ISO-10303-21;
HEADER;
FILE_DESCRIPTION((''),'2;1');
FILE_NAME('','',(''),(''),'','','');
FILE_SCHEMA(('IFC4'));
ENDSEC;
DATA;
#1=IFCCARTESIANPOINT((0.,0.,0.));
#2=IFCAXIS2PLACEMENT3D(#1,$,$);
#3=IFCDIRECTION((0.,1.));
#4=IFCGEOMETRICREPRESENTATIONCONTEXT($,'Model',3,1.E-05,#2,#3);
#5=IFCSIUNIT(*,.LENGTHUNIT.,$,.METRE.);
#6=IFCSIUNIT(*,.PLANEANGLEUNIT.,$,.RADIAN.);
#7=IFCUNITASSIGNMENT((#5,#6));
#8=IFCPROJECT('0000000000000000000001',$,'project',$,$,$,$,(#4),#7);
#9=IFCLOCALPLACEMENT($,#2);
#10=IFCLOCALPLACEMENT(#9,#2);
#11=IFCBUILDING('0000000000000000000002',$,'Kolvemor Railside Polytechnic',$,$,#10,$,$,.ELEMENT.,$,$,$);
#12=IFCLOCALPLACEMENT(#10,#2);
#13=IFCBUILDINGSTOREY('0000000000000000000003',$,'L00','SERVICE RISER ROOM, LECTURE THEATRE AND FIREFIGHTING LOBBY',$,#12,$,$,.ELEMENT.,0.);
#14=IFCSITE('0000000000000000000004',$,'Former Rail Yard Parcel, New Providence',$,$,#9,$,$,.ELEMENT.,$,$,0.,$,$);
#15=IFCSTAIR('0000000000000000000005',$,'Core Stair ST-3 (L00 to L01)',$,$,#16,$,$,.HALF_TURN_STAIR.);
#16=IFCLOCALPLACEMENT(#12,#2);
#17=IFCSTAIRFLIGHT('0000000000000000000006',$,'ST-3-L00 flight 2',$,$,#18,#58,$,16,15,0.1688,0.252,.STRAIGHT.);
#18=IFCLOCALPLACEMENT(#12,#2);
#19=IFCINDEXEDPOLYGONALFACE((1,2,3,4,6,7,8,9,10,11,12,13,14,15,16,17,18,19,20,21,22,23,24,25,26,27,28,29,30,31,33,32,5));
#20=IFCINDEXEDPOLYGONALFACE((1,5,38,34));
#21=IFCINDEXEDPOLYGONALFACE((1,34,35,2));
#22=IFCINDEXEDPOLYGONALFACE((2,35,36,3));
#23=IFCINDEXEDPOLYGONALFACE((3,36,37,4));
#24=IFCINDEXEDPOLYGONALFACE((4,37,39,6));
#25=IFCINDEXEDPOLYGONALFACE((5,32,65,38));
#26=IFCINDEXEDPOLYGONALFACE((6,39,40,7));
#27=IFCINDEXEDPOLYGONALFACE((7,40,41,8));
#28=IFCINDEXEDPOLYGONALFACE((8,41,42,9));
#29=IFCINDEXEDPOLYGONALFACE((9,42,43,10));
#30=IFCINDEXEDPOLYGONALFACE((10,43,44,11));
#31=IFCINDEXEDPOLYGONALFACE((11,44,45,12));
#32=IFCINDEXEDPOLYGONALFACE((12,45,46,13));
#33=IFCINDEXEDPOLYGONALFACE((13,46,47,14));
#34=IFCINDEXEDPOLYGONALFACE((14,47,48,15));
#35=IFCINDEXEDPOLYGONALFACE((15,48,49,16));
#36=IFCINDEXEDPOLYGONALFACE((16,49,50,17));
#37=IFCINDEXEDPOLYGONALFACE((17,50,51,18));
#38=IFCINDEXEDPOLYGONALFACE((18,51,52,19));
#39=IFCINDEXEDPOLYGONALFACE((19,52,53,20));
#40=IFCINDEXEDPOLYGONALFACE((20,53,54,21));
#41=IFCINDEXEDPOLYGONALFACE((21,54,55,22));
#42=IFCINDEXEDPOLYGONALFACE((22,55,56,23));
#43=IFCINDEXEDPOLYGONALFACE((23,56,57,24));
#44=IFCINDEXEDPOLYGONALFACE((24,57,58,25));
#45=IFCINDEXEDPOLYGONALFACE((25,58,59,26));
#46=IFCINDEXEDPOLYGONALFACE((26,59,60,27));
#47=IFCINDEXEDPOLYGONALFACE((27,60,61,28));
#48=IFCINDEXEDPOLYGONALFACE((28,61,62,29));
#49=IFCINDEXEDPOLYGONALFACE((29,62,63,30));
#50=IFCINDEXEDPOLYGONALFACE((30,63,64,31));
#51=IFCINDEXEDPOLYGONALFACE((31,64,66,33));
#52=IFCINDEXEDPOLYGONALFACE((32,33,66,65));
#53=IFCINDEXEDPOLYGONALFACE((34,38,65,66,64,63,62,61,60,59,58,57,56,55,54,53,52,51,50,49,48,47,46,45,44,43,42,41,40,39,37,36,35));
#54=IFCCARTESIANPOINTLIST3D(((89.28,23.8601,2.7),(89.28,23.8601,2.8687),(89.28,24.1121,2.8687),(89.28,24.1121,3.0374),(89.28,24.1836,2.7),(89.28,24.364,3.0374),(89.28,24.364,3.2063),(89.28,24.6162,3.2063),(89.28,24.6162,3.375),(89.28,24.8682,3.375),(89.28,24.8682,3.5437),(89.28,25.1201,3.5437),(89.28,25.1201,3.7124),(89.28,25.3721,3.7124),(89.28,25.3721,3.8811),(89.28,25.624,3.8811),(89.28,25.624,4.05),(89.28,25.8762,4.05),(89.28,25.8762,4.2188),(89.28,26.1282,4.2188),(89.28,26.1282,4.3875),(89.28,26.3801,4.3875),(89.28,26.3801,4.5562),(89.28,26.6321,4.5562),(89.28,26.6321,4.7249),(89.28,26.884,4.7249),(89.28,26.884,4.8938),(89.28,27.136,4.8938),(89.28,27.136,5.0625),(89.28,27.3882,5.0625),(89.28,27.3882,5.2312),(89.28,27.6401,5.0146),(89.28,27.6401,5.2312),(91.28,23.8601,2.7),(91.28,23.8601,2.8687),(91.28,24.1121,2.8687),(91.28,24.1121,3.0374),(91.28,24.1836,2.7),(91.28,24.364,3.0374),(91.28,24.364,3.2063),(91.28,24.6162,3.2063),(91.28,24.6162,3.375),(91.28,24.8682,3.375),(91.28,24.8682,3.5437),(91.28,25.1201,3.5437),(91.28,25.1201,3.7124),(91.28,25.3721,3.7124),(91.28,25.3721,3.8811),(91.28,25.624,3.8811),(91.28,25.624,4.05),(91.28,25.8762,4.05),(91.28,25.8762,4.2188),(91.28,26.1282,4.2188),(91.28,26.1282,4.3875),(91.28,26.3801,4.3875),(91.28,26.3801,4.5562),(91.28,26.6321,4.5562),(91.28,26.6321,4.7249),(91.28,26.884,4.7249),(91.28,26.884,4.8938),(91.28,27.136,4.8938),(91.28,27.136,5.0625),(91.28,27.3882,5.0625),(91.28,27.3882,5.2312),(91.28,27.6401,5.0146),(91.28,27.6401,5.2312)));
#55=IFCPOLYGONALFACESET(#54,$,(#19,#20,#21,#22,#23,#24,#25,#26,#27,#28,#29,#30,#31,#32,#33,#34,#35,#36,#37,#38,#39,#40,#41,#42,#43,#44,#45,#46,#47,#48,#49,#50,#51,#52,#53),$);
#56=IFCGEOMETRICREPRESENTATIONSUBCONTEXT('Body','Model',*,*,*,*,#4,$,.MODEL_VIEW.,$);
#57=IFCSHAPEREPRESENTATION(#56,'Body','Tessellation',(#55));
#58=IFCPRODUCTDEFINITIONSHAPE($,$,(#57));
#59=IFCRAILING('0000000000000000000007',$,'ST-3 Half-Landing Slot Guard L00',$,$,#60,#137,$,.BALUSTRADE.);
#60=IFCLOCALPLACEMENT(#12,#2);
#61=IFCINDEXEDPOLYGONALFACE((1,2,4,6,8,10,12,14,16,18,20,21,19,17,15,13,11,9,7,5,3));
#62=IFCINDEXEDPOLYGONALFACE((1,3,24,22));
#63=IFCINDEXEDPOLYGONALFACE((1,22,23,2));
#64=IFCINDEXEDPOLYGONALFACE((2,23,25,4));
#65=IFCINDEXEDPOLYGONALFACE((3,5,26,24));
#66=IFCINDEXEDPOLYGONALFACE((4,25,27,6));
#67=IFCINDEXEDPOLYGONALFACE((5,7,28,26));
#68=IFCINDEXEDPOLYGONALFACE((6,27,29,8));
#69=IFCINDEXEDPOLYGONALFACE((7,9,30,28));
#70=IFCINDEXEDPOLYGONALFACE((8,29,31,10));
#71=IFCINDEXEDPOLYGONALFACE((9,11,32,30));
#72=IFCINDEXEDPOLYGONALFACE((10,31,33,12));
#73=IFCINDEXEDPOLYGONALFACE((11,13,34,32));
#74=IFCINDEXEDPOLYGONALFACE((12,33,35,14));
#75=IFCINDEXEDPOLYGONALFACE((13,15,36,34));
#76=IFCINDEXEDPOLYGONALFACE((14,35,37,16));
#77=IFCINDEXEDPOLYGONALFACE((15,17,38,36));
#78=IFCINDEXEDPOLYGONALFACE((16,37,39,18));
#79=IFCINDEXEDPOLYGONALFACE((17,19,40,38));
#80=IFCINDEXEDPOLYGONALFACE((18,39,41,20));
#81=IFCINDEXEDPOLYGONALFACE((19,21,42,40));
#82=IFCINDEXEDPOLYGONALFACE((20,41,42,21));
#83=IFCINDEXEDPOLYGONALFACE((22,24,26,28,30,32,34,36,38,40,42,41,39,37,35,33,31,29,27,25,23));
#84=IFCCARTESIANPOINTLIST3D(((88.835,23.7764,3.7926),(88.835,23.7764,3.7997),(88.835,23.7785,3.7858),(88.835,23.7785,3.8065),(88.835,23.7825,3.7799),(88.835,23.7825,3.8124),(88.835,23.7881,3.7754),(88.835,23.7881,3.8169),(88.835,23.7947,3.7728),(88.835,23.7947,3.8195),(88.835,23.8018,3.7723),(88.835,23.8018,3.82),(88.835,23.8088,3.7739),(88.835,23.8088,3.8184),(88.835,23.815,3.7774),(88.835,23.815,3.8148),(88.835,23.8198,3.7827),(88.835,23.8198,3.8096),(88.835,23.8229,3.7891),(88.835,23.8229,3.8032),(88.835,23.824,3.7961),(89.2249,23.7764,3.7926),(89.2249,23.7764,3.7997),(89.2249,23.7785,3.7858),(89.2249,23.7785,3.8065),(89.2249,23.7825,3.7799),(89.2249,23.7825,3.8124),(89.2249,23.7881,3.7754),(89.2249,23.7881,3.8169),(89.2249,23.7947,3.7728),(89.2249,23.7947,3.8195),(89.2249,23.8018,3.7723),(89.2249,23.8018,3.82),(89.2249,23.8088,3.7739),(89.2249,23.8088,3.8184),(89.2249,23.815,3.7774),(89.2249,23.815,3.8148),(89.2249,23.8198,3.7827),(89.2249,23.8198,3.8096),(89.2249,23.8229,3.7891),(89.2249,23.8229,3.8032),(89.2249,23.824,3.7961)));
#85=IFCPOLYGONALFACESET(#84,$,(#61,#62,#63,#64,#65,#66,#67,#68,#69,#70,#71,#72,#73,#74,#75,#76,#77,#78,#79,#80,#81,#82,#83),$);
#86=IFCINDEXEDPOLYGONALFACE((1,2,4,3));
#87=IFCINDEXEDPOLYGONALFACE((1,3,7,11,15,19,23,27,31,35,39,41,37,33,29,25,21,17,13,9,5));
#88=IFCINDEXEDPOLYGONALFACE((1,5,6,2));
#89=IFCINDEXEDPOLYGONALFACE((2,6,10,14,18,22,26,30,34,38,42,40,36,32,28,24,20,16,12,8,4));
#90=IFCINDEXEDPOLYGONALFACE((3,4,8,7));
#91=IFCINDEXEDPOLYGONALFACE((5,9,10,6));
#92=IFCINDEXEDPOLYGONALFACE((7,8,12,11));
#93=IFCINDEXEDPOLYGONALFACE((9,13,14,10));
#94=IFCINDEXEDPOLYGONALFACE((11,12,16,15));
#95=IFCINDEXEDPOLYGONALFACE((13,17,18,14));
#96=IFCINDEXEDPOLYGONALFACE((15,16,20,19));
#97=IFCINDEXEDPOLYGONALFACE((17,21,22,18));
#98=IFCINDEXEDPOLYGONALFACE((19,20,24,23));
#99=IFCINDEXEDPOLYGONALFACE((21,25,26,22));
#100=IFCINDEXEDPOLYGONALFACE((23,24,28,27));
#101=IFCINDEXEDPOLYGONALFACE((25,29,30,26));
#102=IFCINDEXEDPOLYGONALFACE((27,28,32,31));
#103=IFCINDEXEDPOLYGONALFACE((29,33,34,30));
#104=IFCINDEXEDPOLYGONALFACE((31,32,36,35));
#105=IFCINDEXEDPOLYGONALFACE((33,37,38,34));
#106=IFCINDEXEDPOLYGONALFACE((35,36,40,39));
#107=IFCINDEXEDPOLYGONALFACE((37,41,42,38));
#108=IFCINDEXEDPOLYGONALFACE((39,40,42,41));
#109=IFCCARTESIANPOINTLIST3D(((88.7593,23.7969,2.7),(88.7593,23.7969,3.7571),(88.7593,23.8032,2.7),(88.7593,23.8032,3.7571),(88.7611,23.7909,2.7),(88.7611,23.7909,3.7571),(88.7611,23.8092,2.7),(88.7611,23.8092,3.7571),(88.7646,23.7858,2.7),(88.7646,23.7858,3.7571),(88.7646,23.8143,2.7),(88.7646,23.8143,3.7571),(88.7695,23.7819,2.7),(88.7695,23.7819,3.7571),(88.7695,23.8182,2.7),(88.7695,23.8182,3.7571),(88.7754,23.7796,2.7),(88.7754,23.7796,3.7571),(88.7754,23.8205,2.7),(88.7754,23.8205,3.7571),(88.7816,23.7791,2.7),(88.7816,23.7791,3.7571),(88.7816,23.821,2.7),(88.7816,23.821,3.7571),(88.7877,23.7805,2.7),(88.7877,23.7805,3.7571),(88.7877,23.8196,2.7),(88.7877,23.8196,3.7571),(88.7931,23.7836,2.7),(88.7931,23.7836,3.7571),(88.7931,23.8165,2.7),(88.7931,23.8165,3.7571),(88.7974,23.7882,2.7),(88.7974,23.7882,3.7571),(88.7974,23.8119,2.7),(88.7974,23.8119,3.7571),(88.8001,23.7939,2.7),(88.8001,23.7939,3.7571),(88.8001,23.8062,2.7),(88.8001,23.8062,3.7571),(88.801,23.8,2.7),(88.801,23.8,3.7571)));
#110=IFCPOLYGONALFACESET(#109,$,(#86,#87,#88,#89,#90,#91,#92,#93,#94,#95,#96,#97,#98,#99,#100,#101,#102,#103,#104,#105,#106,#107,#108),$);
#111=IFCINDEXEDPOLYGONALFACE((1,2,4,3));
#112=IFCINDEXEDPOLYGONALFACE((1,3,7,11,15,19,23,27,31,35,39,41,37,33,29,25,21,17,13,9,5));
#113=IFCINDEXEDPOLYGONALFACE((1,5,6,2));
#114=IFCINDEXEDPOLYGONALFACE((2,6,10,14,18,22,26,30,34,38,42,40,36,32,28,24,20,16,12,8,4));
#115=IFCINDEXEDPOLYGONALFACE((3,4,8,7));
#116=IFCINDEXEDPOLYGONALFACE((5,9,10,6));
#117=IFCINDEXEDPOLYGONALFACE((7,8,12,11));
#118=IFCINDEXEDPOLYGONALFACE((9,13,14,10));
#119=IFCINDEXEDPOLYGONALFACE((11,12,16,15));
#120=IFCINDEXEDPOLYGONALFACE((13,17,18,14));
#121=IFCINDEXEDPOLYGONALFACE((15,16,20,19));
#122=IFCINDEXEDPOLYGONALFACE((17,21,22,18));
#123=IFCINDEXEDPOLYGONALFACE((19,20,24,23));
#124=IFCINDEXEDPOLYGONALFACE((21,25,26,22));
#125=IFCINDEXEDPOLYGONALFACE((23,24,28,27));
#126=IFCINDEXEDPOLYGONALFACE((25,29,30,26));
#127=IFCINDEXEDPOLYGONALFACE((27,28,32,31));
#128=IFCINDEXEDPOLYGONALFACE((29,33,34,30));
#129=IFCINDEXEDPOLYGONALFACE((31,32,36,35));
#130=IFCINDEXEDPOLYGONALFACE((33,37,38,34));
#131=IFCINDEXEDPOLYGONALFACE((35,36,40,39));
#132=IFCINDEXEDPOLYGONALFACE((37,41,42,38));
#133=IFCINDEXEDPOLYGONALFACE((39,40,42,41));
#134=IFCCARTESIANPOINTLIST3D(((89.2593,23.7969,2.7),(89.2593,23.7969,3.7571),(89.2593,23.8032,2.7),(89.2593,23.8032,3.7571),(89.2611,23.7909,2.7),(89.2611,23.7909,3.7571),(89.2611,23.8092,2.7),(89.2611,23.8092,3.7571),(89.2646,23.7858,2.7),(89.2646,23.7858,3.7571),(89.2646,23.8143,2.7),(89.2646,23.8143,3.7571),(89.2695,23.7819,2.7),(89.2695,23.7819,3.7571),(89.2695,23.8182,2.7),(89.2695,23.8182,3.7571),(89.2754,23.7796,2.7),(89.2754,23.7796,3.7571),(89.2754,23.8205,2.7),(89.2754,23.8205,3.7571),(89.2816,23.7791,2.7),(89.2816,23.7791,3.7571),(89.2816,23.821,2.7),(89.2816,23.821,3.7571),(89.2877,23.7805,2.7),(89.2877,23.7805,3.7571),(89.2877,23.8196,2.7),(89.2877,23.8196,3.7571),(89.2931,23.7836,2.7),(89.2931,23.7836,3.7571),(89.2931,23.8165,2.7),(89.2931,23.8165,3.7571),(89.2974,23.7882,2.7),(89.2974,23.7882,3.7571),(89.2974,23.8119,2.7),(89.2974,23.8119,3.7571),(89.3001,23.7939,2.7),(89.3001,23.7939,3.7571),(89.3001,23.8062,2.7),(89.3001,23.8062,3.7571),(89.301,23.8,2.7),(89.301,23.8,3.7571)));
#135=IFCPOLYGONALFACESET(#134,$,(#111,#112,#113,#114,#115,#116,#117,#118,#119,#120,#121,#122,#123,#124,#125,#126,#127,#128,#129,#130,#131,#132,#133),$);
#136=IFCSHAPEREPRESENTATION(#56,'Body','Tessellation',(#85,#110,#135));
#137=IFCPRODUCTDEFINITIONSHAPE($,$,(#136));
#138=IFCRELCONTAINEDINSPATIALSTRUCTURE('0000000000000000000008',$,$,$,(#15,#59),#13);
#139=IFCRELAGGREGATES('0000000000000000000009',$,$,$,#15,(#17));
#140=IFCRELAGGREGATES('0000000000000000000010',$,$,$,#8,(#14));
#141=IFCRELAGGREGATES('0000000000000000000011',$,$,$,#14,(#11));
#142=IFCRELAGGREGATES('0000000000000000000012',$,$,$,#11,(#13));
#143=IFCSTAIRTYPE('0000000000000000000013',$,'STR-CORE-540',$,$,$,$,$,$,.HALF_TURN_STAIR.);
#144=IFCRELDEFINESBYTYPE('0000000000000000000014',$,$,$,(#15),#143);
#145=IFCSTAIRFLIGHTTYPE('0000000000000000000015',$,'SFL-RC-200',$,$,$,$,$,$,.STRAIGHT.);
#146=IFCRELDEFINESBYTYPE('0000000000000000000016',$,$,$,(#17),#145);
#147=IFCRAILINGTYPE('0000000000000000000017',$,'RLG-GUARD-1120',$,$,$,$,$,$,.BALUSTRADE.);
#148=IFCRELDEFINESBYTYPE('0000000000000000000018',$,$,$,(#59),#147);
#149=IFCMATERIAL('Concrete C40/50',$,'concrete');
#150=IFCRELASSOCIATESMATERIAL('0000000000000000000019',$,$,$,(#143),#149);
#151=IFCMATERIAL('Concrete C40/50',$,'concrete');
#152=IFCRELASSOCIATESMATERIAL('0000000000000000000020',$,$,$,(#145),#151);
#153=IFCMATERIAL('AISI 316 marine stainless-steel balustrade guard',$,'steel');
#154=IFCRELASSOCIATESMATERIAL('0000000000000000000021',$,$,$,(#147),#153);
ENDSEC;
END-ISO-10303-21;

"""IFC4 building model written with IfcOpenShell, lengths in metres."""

from ifc_helpers import new_model, si_unit, direction, frame, origin, origin_2d, place, context, subcontext, project, spatial, polyline, circle, outline, extrude, material, type_object, element, aggregate, save


model = new_model("IFC4")

# Units and contexts
model_context = context("Model", 3, precision=1e-05, world=origin(), true_north=direction((0.0, 1.0)))
body_context = subcontext(model_context, "Body", "Model", "MODEL_VIEW")
ifc_project = project(units=[si_unit("LENGTHUNIT", "METRE"), si_unit("PLANEANGLEUNIT", "RADIAN")], contexts=[model_context])

# Site, building, storey
site_placement = place(None, origin())
site = spatial("IfcSite", under=ifc_project, at=site_placement, Name="Former Rail Yard Parcel, New Providence", CompositionType="ELEMENT", RefElevation=0.0)
building_placement = place(site_placement, origin())
building = spatial("IfcBuilding", under=site, at=building_placement, Name="Kolvemor Railside Polytechnic", CompositionType="ELEMENT")
storey_placement = place(building_placement, origin())
storey = spatial("IfcBuildingStorey", under=building, at=storey_placement, Name="L00", Description="SERVICE RISER ROOM, LECTURE THEATRE AND FIREFIGHTING LOBBY", CompositionType="ELEMENT", Elevation=0.0)

# Stair, stair flight
ifc_material_1 = material(Name="Concrete C40/50", Category="concrete")
stair_type = type_object("IfcStairType", Name="STR-CORE-540", PredefinedType="HALF_TURN_STAIR", material=ifc_material_1)
stair_placement = place(storey_placement, origin())
stair = element("IfcStair", 1, at=stair_placement, inside=storey, type_object=stair_type, Name="Core Stair ST-3 (L00 to L01)", PredefinedType="HALF_TURN_STAIR")
ifc_material_2 = material(Name="Concrete C40/50", Category="concrete")
stair_flight_type = type_object("IfcStairFlightType", Name="SFL-RC-200", PredefinedType="STRAIGHT", material=ifc_material_2)
stair_flight_1_placement = place(storey_placement, frame((90.28, 23.8601, 2.7), z_axis=(0.0, 0.0, 1.0), x_axis=(0.0, 1.0, 0.0)))
stair_flight_1 = element("IfcStairFlight", 2, at=stair_flight_1_placement, type_object=stair_flight_type, Name="ST-3-L00 flight 2", NumberOfRisers=16, NumberOfTreads=15, PredefinedType="STRAIGHT", RiserHeight=0.1688, TreadLength=0.252, context=body_context, shape_type="SweptSolid", body=[
    extrude(outline(polyline([(0.0, 0.0), (0.0, 0.1687), (0.252, 0.1687), (0.252, 0.3374), (0.5039, 0.3374), (0.5039, 0.5063), (0.7561, 0.5063), (0.7561, 0.675), (1.0081, 0.675), (1.0081, 0.8438), (1.26, 0.8438), (1.26, 1.0125), (1.512, 1.0125), (1.512, 1.1812), (1.7639, 1.1812), (1.7639, 1.3501), (2.0161, 1.3501), (2.0161, 1.5188), (2.2681, 1.5188), (2.2681, 1.6875), (2.52, 1.6875), (2.52, 1.8562), (2.772, 1.8562), (2.772, 2.0249), (3.0239, 2.0249), (3.0239, 2.1938), (3.2759, 2.1938), (3.2759, 2.3625), (3.5281, 2.3625), (3.5281, 2.5312), (3.78, 2.5312), (3.78, 2.7), (3.78, 2.3147), (0.3235, 0.0), (0.0, 0.0)])), frame((0.0, 1.0, 0.0), z_axis=(0.0, -1.0, 0.0), x_axis=(1.0, 0.0, 0.0)), (0.0, 0.0, 1.0), 2.0),
])
aggregate(stair, [stair_flight_1])

# Railing
ifc_material_3 = material(Name="AISI 316 marine stainless-steel balustrade guard", Category="steel")
railing_type_1 = type_object("IfcRailingType", Name="RLG-GUARD-1120", PredefinedType="BALUSTRADE", material=ifc_material_3)
railing_1_placement = place(storey_placement, frame((88.78, 23.8, 2.7)))
element("IfcRailing", 3, at=railing_1_placement, inside=storey, type_object=railing_type_1, Name="ST-3 Half-Landing Slot Guard L00", PredefinedType="BALUSTRADE", context=body_context, shape_type="SweptSolid", body=[
    extrude(circle(Radius=0.0239, at=origin_2d()), frame((0.0549, 0.0, 1.0962), z_axis=(1.0, 0.0, 0.0), x_axis=(0.0, 1.0, 0.0)), (0.0, 0.0, 1.0), 0.3899),
    extrude(circle(Radius=0.021, at=origin_2d()), origin(), (0.0, 0.0, 1.0), 1.0571),
    extrude(circle(Radius=0.021, at=origin_2d()), frame((0.5, 0.0, 0.0)), (0.0, 0.0, 1.0), 1.0571),
])

save(model, "model.ifc")
